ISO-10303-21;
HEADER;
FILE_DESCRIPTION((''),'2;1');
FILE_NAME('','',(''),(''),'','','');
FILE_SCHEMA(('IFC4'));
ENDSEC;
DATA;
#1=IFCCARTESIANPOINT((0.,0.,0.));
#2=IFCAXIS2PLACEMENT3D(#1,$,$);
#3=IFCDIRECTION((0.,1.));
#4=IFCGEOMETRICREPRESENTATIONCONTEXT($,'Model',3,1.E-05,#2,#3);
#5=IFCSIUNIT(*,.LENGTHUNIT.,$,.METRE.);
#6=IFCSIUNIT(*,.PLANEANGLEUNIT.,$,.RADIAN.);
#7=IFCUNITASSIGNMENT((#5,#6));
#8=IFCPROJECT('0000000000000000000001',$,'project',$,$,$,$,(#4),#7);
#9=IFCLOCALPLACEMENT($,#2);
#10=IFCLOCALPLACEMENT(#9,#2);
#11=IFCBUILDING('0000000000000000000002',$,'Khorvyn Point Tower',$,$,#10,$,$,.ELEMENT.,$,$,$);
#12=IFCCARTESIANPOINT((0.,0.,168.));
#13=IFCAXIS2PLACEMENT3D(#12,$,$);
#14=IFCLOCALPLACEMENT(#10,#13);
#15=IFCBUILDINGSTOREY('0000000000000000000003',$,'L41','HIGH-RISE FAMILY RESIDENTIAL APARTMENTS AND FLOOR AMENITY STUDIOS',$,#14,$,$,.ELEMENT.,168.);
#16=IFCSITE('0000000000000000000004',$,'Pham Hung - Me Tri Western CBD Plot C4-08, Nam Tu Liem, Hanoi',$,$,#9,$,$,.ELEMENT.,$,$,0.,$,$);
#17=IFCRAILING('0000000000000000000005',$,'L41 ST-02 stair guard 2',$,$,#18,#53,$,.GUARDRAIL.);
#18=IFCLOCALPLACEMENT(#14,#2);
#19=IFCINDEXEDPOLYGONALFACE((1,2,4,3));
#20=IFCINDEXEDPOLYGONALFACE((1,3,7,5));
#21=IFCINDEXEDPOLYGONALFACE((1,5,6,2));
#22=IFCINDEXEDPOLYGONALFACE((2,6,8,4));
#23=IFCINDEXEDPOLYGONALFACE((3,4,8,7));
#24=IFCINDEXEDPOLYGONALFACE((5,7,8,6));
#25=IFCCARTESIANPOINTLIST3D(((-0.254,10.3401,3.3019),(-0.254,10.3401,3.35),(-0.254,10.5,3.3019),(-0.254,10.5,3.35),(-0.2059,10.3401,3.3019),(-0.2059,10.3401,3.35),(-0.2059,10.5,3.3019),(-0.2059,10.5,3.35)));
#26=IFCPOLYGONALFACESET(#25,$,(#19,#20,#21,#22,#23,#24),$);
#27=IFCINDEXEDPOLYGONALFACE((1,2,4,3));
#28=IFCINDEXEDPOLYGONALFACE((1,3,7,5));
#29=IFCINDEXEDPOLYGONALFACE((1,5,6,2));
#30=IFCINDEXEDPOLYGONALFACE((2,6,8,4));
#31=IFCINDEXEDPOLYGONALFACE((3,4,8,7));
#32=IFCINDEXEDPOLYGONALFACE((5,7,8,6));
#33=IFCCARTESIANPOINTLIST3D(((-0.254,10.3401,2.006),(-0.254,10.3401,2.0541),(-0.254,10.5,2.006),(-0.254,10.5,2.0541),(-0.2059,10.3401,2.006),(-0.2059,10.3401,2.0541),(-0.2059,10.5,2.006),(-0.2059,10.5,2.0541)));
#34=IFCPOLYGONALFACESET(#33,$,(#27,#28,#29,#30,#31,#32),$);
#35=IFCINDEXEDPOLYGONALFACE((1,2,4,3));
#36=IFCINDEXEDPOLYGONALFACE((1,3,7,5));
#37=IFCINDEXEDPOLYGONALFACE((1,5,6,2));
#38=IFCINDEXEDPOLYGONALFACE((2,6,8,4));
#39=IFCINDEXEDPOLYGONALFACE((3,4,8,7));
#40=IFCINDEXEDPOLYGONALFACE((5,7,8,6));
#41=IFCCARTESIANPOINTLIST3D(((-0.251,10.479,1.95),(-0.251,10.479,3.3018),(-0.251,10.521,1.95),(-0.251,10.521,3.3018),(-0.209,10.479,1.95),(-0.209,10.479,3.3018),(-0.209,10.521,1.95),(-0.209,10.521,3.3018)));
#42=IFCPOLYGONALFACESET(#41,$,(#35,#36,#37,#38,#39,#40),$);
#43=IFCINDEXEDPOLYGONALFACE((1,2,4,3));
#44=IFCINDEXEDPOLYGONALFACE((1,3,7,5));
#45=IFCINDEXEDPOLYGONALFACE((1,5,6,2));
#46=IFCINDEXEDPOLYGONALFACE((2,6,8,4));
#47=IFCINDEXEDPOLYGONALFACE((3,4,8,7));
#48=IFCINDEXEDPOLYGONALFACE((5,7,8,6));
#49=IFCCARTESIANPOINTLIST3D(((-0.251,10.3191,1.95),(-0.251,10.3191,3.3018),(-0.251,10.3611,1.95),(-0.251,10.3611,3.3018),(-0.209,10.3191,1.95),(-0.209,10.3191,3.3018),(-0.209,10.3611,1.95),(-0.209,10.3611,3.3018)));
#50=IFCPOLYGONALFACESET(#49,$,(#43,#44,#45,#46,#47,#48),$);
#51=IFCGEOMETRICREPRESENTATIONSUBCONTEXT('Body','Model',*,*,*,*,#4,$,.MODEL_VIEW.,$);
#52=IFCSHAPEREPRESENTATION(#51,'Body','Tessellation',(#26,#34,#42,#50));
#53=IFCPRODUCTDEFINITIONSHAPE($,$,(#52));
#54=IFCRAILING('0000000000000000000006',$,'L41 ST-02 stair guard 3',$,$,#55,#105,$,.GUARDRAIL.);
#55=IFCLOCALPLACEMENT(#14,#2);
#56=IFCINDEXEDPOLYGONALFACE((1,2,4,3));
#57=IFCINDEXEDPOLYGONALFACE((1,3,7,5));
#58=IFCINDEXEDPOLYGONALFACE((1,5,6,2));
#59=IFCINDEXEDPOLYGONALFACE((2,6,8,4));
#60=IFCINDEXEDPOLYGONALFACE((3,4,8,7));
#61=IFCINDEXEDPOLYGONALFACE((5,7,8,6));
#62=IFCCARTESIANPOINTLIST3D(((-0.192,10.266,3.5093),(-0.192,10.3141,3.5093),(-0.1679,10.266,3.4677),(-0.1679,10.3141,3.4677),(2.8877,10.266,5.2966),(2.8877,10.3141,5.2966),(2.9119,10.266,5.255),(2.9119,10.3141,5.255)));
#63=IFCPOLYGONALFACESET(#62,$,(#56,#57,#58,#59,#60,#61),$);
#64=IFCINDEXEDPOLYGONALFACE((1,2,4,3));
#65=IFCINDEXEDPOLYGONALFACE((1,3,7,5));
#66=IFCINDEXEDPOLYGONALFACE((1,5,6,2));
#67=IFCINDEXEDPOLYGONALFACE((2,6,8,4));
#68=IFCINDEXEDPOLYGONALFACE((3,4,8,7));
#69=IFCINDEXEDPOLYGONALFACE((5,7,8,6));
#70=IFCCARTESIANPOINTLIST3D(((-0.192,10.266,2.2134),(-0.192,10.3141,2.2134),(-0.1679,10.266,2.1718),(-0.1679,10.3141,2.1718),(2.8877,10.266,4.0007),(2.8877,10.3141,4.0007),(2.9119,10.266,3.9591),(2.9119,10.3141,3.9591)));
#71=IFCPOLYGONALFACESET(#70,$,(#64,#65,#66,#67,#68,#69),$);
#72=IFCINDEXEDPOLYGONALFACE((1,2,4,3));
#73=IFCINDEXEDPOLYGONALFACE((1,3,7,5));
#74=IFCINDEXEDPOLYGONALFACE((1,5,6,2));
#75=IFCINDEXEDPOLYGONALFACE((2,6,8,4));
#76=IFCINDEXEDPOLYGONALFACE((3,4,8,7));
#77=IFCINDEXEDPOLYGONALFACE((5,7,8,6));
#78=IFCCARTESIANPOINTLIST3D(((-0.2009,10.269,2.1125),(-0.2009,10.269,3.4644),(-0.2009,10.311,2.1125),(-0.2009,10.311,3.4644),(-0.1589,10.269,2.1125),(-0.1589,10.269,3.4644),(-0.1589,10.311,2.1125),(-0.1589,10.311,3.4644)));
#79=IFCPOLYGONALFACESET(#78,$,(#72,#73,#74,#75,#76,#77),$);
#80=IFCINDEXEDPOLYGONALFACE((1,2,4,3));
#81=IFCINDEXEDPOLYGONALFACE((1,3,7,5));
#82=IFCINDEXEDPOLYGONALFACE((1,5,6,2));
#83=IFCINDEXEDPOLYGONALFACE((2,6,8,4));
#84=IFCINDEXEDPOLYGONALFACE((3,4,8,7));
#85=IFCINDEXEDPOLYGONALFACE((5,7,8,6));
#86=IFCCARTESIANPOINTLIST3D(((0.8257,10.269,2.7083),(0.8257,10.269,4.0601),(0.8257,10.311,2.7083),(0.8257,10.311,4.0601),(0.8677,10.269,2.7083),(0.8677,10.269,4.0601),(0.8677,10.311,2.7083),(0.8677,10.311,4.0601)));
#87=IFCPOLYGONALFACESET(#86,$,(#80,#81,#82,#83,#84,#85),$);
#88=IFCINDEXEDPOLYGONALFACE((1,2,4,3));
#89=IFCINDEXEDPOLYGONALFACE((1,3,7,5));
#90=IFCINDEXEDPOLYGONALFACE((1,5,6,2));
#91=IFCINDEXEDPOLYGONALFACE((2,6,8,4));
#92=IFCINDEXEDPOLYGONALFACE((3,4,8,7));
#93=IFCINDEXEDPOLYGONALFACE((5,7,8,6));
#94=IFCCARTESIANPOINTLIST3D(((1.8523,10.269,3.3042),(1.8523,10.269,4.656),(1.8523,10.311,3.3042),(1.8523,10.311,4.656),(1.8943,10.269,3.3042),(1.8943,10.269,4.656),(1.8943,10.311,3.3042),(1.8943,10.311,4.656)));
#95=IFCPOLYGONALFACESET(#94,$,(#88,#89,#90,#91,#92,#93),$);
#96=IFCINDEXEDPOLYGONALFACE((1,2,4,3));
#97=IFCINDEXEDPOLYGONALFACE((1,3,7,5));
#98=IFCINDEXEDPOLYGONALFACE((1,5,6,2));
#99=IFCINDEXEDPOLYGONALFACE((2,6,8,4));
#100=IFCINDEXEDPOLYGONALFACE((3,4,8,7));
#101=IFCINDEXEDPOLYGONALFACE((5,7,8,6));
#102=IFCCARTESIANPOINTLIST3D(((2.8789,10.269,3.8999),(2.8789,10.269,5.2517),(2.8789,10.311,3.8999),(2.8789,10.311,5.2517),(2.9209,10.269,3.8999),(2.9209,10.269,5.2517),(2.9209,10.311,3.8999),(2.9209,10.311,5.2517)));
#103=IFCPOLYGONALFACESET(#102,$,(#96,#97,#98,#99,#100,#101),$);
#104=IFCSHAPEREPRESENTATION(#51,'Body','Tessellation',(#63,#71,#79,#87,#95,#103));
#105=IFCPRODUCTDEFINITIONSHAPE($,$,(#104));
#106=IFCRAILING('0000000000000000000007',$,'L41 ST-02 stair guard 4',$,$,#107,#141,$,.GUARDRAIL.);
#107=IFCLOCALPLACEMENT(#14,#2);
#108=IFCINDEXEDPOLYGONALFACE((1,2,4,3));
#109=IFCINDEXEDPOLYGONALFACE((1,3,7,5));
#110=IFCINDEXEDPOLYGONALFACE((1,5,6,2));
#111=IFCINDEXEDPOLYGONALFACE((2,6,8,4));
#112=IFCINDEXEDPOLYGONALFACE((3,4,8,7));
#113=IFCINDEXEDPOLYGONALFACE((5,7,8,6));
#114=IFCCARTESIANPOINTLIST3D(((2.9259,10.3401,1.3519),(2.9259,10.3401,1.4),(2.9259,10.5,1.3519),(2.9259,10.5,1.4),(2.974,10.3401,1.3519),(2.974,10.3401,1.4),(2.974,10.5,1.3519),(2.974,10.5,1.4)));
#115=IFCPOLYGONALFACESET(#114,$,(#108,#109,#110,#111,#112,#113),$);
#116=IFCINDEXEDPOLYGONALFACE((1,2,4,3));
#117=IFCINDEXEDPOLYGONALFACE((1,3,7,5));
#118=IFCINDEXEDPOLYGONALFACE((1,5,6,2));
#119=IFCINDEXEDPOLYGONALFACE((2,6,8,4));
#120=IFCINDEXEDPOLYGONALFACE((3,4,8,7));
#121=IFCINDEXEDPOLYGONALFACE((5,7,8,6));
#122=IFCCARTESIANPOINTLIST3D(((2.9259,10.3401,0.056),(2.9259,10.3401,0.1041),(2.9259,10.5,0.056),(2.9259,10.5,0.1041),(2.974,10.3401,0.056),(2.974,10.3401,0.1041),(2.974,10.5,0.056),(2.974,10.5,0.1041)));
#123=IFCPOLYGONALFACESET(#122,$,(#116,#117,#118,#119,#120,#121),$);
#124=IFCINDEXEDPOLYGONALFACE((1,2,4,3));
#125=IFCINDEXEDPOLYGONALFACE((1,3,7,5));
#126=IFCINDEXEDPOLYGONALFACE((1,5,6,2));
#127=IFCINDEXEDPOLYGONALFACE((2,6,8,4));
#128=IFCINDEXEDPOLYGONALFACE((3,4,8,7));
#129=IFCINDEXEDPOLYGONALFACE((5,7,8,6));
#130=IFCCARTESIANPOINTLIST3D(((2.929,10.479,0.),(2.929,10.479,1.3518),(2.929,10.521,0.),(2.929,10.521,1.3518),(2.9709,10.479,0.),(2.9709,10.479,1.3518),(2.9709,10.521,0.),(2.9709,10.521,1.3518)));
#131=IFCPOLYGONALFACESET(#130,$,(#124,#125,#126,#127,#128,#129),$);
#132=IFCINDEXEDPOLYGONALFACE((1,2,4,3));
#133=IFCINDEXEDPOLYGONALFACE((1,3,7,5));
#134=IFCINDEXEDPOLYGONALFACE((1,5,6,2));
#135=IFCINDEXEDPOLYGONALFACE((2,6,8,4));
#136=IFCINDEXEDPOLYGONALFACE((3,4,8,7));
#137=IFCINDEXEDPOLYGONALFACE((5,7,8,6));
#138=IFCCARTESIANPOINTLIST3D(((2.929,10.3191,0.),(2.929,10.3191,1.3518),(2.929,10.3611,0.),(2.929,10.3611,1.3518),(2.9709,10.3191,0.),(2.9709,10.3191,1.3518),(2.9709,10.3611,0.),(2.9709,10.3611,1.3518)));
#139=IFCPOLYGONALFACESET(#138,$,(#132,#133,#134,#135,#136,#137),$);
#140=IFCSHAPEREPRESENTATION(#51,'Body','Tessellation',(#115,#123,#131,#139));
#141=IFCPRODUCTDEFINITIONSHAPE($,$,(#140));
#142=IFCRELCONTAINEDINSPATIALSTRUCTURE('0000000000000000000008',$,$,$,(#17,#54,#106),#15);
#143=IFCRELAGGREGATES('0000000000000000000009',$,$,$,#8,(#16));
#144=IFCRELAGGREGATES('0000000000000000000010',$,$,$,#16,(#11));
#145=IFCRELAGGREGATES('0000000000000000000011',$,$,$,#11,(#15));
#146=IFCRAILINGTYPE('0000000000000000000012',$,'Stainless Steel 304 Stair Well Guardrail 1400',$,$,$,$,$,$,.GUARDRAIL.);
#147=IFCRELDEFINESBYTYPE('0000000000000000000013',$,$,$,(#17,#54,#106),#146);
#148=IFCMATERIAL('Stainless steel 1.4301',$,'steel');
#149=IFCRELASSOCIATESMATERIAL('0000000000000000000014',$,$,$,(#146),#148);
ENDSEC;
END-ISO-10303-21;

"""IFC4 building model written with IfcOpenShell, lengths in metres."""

from ifc_helpers import new_model, si_unit, direction, frame, origin, origin_2d, place, context, subcontext, project, spatial, rectangle, extrude, material, type_object, element, save


model = new_model("IFC4")

# Units and contexts
model_context = context("Model", 3, precision=1e-05, world=origin(), true_north=direction((0.0, 1.0)))
body_context = subcontext(model_context, "Body", "Model", "MODEL_VIEW")
ifc_project = project(units=[si_unit("LENGTHUNIT", "METRE"), si_unit("PLANEANGLEUNIT", "RADIAN")], contexts=[model_context])

# Site, building, storey
site_placement = place(None, origin())
site = spatial("IfcSite", under=ifc_project, at=site_placement, Name="Pham Hung - Me Tri Western CBD Plot C4-08, Nam Tu Liem, Hanoi", CompositionType="ELEMENT", RefElevation=0.0)
building_placement = place(site_placement, origin())
building = spatial("IfcBuilding", under=site, at=building_placement, Name="Khorvyn Point Tower", CompositionType="ELEMENT")
storey_placement = place(building_placement, frame((0.0, 0.0, 168.0)))
storey = spatial("IfcBuildingStorey", under=building, at=storey_placement, Name="L41", Description="HIGH-RISE FAMILY RESIDENTIAL APARTMENTS AND FLOOR AMENITY STUDIOS", CompositionType="ELEMENT", Elevation=168.0)

# Shared definitions
ifc_material_1 = material(Name="Stainless steel 1.4301", Category="steel")

# Railings
railing_type_1 = type_object("IfcRailingType", Name="Stainless Steel 304 Stair Well Guardrail 1400", PredefinedType="GUARDRAIL", material=ifc_material_1)
railing_1_placement = place(storey_placement, frame((-0.23, 10.5, 1.95)))
element("IfcRailing", 1, at=railing_1_placement, inside=storey, type_object=railing_type_1, Name="L41 ST-02 stair guard 2", PredefinedType="GUARDRAIL", context=body_context, shape_type="SweptSolid", body=[
    extrude(rectangle(XDim=0.0481, YDim=0.0481, at=origin_2d()), frame((0.0, 0.0, 1.376), z_axis=(0.0, -1.0, 0.0), x_axis=(1.0, 0.0, 0.0)), (0.0, 0.0, 1.0), 0.1599),
    extrude(rectangle(XDim=0.0481, YDim=0.0481, at=origin_2d()), frame((0.0, 0.0, 0.0801), z_axis=(0.0, -1.0, 0.0), x_axis=(1.0, 0.0, 0.0)), (0.0, 0.0, 1.0), 0.1599),
    extrude(rectangle(XDim=0.042, YDim=0.042, at=origin_2d()), origin(), (0.0, 0.0, 1.0), 1.3518),
    extrude(rectangle(XDim=0.042, YDim=0.042, at=origin_2d()), frame((0.0, -0.1599, 0.0)), (0.0, 0.0, 1.0), 1.3518),
])
railing_2_placement = place(storey_placement, frame((-0.1799, 10.29, 2.1125)))
element("IfcRailing", 2, at=railing_2_placement, inside=storey, type_object=railing_type_1, Name="L41 ST-02 stair guard 3", PredefinedType="GUARDRAIL", context=body_context, shape_type="SweptSolid", body=[
    extrude(rectangle(XDim=0.0481, YDim=0.0481, at=origin_2d()), frame((0.0, 0.0, 1.376), z_axis=(0.864903, 0.0, 0.501939), x_axis=(0.0, 1.0, 0.0)), (0.0, 0.0, 1.0), 3.5608),
    extrude(rectangle(XDim=0.0481, YDim=0.0481, at=origin_2d()), frame((0.0, 0.0, 0.0801), z_axis=(0.864903, 0.0, 0.501939), x_axis=(0.0, 1.0, 0.0)), (0.0, 0.0, 1.0), 3.5608),
    extrude(rectangle(XDim=0.042, YDim=0.042, at=origin_2d()), origin(), (0.0, 0.0, 1.0), 1.3518),
    extrude(rectangle(XDim=0.042, YDim=0.042, at=origin_2d()), frame((1.0266, 0.0, 0.5957)), (0.0, 0.0, 1.0), 1.3518),
    extrude(rectangle(XDim=0.042, YDim=0.042, at=origin_2d()), frame((2.0532, 0.0, 1.1917)), (0.0, 0.0, 1.0), 1.3518),
    extrude(rectangle(XDim=0.042, YDim=0.042, at=origin_2d()), frame((3.0798, 0.0, 1.7874)), (0.0, 0.0, 1.0), 1.3518),
])
railing_3_placement = place(storey_placement, frame((2.95, 10.5, 0.0)))
element("IfcRailing", 3, at=railing_3_placement, inside=storey, type_object=railing_type_1, Name="L41 ST-02 stair guard 4", PredefinedType="GUARDRAIL", context=body_context, shape_type="SweptSolid", body=[
    extrude(rectangle(XDim=0.0481, YDim=0.0481, at=origin_2d()), frame((0.0, 0.0, 1.376), z_axis=(0.0, -1.0, 0.0), x_axis=(1.0, 0.0, 0.0)), (0.0, 0.0, 1.0), 0.1599),
    extrude(rectangle(XDim=0.0481, YDim=0.0481, at=origin_2d()), frame((0.0, 0.0, 0.0801), z_axis=(0.0, -1.0, 0.0), x_axis=(1.0, 0.0, 0.0)), (0.0, 0.0, 1.0), 0.1599),
    extrude(rectangle(XDim=0.042, YDim=0.042, at=origin_2d()), origin(), (0.0, 0.0, 1.0), 1.3518),
    extrude(rectangle(XDim=0.042, YDim=0.042, at=origin_2d()), frame((0.0, -0.1599, 0.0)), (0.0, 0.0, 1.0), 1.3518),
])

save(model, "model.ifc")
